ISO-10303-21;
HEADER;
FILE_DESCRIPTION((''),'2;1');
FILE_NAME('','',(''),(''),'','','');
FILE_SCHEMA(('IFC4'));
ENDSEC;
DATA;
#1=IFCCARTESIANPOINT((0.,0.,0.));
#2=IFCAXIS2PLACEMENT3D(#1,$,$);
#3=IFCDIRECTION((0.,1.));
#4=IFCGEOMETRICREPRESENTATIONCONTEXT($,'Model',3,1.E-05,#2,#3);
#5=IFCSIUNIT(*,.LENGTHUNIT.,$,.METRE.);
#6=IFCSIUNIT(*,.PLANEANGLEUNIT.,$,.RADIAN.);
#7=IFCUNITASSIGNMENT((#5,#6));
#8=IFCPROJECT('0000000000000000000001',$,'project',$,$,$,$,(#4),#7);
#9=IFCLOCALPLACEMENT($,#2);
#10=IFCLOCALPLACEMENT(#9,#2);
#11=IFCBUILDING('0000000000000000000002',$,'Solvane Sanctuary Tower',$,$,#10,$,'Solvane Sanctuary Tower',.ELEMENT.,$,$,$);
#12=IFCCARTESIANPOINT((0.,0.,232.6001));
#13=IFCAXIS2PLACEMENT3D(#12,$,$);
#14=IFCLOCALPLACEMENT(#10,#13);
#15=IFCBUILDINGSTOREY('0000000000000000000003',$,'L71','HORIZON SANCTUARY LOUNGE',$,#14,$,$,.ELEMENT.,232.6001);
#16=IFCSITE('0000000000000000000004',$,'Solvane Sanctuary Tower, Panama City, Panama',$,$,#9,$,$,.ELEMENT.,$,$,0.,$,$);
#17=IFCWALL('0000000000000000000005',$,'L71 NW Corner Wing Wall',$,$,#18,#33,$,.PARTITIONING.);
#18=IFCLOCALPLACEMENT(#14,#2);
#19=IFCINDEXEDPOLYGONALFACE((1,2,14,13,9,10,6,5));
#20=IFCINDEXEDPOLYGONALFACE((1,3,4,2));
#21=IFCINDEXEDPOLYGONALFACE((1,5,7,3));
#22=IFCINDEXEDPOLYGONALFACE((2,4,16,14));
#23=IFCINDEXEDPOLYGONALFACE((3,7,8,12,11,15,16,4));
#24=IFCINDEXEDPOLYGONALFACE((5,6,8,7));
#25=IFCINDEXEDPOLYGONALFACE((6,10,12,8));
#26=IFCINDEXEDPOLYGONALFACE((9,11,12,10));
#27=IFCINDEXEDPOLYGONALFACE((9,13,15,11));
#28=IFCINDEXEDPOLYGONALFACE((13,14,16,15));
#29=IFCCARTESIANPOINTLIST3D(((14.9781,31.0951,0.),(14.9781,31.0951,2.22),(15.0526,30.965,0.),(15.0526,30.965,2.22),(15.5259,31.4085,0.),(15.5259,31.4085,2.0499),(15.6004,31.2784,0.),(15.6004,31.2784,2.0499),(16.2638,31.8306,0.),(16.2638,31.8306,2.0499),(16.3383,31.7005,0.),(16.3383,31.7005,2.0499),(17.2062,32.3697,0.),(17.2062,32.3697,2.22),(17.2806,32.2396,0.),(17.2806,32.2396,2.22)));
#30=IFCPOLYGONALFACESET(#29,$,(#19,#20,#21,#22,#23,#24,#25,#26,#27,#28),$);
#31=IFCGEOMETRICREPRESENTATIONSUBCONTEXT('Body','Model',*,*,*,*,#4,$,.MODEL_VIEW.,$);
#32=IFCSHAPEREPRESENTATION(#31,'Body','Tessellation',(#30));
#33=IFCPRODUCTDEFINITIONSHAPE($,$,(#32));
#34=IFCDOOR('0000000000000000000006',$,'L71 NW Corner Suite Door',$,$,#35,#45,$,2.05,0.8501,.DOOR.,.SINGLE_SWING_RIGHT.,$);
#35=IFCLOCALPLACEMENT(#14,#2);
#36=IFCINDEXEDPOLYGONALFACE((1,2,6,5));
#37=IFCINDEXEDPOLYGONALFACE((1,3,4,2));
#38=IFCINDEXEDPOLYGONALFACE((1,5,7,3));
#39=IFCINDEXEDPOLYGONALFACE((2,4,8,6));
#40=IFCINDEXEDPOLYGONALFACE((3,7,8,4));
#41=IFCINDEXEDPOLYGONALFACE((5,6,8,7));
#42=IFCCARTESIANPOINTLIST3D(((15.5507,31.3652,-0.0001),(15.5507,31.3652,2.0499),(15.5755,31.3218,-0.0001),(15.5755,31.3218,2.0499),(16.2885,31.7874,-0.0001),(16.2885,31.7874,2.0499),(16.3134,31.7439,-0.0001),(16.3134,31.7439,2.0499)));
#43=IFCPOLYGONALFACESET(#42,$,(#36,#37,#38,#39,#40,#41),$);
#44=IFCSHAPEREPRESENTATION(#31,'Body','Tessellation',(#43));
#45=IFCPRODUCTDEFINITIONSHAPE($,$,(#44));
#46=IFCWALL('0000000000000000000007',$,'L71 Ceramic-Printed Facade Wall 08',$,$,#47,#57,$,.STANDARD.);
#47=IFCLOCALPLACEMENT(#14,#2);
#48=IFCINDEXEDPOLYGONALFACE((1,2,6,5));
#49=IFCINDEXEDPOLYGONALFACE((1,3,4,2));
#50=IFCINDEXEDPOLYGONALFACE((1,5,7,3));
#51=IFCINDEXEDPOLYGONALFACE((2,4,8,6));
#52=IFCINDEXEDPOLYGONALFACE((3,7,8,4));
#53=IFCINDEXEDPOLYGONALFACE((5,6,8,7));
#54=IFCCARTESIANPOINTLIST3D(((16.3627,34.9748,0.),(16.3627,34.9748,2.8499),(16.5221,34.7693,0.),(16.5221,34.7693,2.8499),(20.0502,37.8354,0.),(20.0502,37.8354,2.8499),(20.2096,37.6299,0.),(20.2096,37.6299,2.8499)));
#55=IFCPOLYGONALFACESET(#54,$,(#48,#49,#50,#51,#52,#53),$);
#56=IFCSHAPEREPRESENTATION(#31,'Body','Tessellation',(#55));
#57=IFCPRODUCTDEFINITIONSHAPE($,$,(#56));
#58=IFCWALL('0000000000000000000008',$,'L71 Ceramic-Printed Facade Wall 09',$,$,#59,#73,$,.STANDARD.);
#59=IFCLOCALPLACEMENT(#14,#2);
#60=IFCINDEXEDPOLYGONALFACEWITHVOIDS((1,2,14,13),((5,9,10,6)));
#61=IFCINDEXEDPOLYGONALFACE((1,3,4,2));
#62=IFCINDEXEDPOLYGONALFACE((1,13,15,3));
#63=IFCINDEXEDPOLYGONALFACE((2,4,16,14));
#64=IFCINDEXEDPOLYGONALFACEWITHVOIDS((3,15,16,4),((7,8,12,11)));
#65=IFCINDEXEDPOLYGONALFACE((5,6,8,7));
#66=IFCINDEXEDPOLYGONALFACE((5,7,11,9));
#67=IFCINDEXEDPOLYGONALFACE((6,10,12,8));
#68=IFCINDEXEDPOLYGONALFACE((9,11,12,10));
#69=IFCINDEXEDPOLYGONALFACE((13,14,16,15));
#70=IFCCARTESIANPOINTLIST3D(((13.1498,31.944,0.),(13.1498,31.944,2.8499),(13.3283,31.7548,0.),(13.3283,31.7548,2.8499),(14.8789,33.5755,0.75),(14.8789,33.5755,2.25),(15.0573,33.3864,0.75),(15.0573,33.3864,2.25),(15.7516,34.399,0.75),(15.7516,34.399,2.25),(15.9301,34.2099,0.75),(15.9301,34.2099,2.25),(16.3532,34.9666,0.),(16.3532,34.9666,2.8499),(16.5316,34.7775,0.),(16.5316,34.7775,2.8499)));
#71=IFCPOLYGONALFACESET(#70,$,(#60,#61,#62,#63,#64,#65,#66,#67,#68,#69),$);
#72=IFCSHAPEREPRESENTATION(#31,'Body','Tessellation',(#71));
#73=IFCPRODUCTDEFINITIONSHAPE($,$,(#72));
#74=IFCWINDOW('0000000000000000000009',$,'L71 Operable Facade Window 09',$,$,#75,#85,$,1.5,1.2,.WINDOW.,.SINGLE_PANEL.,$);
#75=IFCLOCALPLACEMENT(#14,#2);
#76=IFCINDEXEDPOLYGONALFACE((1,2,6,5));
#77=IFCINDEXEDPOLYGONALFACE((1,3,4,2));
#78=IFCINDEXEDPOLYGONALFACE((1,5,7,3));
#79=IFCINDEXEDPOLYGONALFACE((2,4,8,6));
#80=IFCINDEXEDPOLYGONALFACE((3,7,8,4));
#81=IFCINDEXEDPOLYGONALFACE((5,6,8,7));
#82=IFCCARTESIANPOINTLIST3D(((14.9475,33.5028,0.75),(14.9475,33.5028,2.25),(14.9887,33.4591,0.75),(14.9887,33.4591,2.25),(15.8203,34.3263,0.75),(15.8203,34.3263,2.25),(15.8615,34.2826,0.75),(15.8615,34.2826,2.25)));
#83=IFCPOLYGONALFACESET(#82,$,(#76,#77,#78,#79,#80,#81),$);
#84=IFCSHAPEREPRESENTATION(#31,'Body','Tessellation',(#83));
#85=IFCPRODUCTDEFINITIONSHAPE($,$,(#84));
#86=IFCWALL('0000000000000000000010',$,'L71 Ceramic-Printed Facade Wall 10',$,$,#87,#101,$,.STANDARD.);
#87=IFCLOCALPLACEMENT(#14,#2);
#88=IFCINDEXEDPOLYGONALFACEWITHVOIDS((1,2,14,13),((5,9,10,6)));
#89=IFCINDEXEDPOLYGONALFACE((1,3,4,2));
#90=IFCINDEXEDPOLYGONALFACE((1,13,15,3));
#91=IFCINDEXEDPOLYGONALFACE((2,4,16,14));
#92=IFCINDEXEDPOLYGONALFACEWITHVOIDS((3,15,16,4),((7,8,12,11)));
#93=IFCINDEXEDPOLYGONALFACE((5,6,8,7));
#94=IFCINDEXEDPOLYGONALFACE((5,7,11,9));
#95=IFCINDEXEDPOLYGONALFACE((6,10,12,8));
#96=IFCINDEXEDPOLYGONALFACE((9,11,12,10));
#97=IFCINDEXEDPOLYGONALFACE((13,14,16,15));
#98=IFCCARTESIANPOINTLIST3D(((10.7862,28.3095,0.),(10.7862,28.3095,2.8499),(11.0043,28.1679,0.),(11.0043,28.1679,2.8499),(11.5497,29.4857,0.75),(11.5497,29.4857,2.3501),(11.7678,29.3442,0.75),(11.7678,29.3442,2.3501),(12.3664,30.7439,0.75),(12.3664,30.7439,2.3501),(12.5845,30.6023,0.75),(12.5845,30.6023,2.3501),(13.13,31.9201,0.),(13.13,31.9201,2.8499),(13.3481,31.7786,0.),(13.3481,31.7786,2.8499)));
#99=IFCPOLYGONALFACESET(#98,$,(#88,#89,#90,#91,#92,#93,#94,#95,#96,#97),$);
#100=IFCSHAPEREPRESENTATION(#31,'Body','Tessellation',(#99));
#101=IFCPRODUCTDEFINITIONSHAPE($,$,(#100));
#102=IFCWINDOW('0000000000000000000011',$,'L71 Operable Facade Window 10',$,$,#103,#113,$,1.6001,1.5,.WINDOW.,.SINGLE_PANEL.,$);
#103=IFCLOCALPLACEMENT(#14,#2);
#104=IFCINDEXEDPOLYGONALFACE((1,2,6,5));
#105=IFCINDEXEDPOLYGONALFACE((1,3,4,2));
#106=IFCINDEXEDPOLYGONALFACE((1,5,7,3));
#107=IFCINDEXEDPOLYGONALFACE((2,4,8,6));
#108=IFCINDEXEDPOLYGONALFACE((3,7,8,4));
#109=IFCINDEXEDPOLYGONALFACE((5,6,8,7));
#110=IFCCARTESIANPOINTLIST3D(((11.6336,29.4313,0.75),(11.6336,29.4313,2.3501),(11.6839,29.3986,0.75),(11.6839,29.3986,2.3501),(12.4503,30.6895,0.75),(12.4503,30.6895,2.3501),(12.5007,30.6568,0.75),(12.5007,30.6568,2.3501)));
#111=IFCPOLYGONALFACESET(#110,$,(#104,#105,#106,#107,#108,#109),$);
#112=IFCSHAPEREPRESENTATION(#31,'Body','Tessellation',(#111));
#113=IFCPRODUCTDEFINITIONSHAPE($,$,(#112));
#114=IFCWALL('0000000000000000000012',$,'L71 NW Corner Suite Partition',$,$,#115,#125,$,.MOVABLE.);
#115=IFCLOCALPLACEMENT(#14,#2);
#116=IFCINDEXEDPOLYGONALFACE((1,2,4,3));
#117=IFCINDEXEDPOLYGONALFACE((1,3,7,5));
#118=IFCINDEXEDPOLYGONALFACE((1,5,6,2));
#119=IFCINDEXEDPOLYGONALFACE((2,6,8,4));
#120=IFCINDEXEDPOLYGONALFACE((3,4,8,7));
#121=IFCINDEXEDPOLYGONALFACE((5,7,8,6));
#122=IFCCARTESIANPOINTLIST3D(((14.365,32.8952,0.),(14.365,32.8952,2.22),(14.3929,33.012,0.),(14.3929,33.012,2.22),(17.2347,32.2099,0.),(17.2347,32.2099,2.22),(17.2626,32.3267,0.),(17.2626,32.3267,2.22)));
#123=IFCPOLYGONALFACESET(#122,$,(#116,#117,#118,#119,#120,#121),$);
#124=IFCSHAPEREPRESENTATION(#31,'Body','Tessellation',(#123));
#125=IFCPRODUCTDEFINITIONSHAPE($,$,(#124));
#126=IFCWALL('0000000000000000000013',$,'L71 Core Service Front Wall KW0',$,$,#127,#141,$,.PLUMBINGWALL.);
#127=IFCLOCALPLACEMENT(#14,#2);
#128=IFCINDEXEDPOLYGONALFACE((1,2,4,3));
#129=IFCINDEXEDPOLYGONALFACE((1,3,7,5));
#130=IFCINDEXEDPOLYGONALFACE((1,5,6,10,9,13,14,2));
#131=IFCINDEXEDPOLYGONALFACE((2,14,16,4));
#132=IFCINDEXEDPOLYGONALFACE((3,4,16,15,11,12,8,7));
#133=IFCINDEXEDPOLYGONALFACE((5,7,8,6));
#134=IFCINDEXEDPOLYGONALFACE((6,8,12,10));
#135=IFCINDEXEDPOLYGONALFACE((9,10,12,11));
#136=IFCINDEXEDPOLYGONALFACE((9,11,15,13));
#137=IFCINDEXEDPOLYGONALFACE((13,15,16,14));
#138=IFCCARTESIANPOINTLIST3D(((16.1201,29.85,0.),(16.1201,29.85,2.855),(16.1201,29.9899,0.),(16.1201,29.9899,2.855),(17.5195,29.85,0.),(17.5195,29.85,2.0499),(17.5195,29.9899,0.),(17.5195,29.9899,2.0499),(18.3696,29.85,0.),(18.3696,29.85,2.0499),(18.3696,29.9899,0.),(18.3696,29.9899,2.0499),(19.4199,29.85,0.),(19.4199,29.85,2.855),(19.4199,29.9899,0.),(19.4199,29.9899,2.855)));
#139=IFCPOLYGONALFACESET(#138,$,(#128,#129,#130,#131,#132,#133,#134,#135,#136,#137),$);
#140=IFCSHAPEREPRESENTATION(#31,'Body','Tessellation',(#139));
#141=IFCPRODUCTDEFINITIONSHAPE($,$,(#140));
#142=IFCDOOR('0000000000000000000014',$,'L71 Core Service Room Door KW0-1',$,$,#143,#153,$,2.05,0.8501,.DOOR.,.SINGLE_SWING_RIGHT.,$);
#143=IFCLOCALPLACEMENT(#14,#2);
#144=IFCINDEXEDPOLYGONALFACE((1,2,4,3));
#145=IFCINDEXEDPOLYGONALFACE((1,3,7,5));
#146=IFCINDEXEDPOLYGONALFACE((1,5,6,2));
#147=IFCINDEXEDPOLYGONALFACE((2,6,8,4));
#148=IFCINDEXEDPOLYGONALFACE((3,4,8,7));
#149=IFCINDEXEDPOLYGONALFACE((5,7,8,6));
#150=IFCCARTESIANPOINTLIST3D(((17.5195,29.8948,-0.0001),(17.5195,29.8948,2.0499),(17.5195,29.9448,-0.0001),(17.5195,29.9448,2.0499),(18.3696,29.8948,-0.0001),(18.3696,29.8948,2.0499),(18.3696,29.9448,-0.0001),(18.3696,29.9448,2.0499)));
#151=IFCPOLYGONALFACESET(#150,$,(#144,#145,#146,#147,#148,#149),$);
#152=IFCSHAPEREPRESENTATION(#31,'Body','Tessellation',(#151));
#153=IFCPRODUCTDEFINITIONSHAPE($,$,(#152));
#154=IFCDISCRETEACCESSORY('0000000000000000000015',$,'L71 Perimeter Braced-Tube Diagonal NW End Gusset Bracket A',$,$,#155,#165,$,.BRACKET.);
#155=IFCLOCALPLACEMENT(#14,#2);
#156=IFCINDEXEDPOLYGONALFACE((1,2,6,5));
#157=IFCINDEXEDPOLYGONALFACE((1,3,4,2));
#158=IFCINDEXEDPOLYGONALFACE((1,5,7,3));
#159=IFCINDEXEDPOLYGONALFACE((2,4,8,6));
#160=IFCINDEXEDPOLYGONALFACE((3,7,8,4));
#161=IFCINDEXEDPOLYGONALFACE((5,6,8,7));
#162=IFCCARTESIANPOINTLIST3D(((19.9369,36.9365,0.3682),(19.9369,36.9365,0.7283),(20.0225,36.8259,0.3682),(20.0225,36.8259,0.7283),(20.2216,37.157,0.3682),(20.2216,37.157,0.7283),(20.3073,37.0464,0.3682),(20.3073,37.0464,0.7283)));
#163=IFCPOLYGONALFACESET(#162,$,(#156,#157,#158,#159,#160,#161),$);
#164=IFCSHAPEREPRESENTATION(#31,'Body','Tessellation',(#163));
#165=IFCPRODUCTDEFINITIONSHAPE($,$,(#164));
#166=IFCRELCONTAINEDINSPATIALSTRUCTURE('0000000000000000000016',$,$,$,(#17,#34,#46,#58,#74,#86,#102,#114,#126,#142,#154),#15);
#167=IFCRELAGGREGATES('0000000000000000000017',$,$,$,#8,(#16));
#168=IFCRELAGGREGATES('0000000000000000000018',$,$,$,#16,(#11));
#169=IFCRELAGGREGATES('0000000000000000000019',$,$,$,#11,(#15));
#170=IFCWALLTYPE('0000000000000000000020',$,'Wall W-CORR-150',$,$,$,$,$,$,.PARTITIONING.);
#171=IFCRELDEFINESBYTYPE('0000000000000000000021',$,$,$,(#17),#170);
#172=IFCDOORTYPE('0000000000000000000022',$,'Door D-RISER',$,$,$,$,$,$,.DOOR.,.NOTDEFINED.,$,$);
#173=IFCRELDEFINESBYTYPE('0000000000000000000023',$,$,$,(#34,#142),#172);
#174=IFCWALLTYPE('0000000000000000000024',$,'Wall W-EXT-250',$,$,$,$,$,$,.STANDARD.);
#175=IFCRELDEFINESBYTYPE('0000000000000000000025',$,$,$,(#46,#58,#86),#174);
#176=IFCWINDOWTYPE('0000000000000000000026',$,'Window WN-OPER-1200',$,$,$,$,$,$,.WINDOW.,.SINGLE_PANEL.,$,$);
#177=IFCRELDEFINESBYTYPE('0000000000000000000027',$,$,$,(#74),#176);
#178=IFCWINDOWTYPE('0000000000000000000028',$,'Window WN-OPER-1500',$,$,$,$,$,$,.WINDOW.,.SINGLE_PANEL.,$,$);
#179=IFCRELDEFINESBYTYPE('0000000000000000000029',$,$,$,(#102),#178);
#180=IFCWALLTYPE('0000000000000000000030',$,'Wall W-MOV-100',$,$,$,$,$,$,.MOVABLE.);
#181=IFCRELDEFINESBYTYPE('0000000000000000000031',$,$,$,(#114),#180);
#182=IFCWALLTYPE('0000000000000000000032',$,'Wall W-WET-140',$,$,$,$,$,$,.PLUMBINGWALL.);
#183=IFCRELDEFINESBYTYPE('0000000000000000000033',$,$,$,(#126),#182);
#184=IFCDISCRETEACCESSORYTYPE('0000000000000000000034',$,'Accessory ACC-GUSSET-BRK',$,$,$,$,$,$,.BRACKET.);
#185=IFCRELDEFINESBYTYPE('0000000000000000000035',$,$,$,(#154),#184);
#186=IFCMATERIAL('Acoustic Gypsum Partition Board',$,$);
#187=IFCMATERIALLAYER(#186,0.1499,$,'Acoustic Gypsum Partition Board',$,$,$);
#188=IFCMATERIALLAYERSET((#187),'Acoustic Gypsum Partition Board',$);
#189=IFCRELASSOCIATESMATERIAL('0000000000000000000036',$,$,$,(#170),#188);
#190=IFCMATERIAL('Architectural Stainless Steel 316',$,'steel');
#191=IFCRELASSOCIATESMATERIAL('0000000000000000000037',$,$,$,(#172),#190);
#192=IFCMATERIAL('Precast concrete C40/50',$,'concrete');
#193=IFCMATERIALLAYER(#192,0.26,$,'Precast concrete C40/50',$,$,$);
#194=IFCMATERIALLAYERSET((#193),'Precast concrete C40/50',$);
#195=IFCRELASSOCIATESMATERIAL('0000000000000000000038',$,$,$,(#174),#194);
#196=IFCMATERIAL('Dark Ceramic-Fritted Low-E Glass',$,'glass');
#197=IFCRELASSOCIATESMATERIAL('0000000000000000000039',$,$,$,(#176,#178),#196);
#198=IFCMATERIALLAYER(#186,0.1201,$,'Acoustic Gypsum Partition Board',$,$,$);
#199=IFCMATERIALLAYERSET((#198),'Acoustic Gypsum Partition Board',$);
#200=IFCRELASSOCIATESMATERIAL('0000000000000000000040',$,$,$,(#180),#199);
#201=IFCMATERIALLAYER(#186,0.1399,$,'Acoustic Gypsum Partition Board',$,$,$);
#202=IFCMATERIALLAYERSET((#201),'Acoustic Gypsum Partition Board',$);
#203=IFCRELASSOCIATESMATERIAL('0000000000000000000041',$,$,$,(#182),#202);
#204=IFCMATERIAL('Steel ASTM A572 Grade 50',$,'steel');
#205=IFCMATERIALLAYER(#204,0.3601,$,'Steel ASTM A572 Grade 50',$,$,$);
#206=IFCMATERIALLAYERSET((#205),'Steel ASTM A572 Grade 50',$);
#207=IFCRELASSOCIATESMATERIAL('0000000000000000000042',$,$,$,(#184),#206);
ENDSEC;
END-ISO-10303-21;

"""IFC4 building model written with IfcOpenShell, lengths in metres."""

from ifc_helpers import new_model, si_unit, direction, frame, frame_2d, origin, origin_2d, place, context, subcontext, project, spatial, rectangle, extrude, material, layer, layer_set, type_object, element, fill, save


model = new_model("IFC4")

# Units and contexts
model_context = context("Model", 3, precision=1e-05, world=origin(), true_north=direction((0.0, 1.0)))
body_context = subcontext(model_context, "Body", "Model", "MODEL_VIEW")
ifc_project = project(units=[si_unit("LENGTHUNIT", "METRE"), si_unit("PLANEANGLEUNIT", "RADIAN")], contexts=[model_context])

# Site, building, storey
site_placement = place(None, origin())
site = spatial("IfcSite", under=ifc_project, at=site_placement, Name="Solvane Sanctuary Tower, Panama City, Panama", CompositionType="ELEMENT", RefElevation=0.0)
building_placement = place(site_placement, origin())
building = spatial("IfcBuilding", under=site, at=building_placement, Name="Solvane Sanctuary Tower", LongName="Solvane Sanctuary Tower", CompositionType="ELEMENT")
storey_placement = place(building_placement, frame((0.0, 0.0, 232.6001)))
storey = spatial("IfcBuildingStorey", under=building, at=storey_placement, Name="L71", Description="HORIZON SANCTUARY LOUNGE", CompositionType="ELEMENT", Elevation=232.6001)

# Shared definitions
ifc_material_1 = material(Name="Acoustic Gypsum Partition Board")
ifc_layer_1 = layer(ifc_material_1, 0.1499, Name="Acoustic Gypsum Partition Board")
ifc_layer_set_1 = layer_set([ifc_layer_1], Name="Acoustic Gypsum Partition Board")
wall_type_1 = type_object("IfcWallType", Name="Wall W-CORR-150", PredefinedType="PARTITIONING", material=ifc_layer_set_1)

# Wall, opening, door
wall_1_placement = place(storey_placement, frame((17.2434, 32.3047, 0.0), z_axis=(0.0, 0.0, 1.0), x_axis=(-0.867991, -0.496579, 0.0)))
wall_1 = element("IfcWall", 1, at=wall_1_placement, inside=storey, type_object=wall_type_1, Name="L71 NW Corner Wing Wall", PredefinedType="PARTITIONING", context=body_context, shape_type="SweptSolid", body=[
    extrude(rectangle(XDim=2.5669, YDim=0.1499, at=frame_2d((1.2834, 0.0))), origin(), (0.0, 0.0, 1.0), 2.22),
])
opening_1_placement = place(wall_1_placement, frame((1.0857, 0.0, 0.0)))
opening_1 = element("IfcOpeningElement", 2, at=opening_1_placement, cuts=wall_1, PredefinedType="OPENING", context=body_context, shape_type="SweptSolid", body=[
    extrude(rectangle(XDim=0.8501, YDim=2.05, at=frame_2d((0.425, 1.0249))), frame((0.0, 0.085, 0.0), z_axis=(0.0, -1.0, 0.0), x_axis=(1.0, 0.0, 0.0)), (0.0, 0.0, 1.0), 0.1699),
])
ifc_material_2 = material(Name="Architectural Stainless Steel 316", Category="steel")
door_type_1 = type_object("IfcDoorType", Name="Door D-RISER", OperationType="NOTDEFINED", PredefinedType="DOOR", material=ifc_material_2)
door_1_placement = place(opening_1_placement, origin())
door_1 = element("IfcDoor", 3, at=door_1_placement, inside=storey, type_object=door_type_1, Name="L71 NW Corner Suite Door", OperationType="SINGLE_SWING_RIGHT", OverallHeight=2.05, OverallWidth=0.8501, PredefinedType="DOOR", context=body_context, shape_type="SweptSolid", body=[
    extrude(rectangle(XDim=0.8501, YDim=2.05, at=frame_2d((0.425, 1.0249))), frame((0.0, 0.0249, 0.0), z_axis=(0.0, -1.0, 0.0), x_axis=(1.0, 0.0, 0.0)), (0.0, 0.0, 1.0), 0.05),
])
fill(opening_1, door_1)

# Wall
ifc_material_3 = material(Name="Precast concrete C40/50", Category="concrete")
ifc_layer_2 = layer(ifc_material_3, 0.26, Name="Precast concrete C40/50")
ifc_layer_set_2 = layer_set([ifc_layer_2], Name="Precast concrete C40/50")
wall_type_2 = type_object("IfcWallType", Name="Wall W-EXT-250", PredefinedType="STANDARD", material=ifc_layer_set_2)
wall_2_placement = place(storey_placement, frame((20.1299, 37.7327, 0.0), z_axis=(0.0, 0.0, 1.0), x_axis=(-0.790126, -0.612944, 0.0)))
element("IfcWall", 4, at=wall_2_placement, inside=storey, type_object=wall_type_2, Name="L71 Ceramic-Printed Facade Wall 08", PredefinedType="STANDARD", context=body_context, shape_type="SweptSolid", body=[
    extrude(rectangle(XDim=4.667, YDim=0.26, at=frame_2d((2.3335, 0.0))), origin(), (0.0, 0.0, 1.0), 2.8499),
])

# Walls, openings, windows
wall_3_placement = place(storey_placement, frame((16.4424, 34.8721, 0.0), z_axis=(0.0, 0.0, 1.0), x_axis=(-0.727319, -0.6863, 0.0)))
wall_3 = element("IfcWall", 5, at=wall_3_placement, inside=storey, type_object=wall_type_2, Name="L71 Ceramic-Printed Facade Wall 09", PredefinedType="STANDARD", context=body_context, shape_type="SweptSolid", body=[
    extrude(rectangle(XDim=4.4043, YDim=0.26, at=frame_2d((2.2021, 0.0))), origin(), (0.0, 0.0, 1.0), 2.8499),
])
opening_2_placement = place(wall_3_placement, frame((0.8269, 0.0, 0.75)))
opening_2 = element("IfcOpeningElement", 6, at=opening_2_placement, cuts=wall_3, PredefinedType="OPENING", context=body_context, shape_type="SweptSolid", body=[
    extrude(rectangle(XDim=1.2, YDim=1.5, at=frame_2d((0.6001, 0.75))), frame((0.0, 0.1399, 0.0), z_axis=(0.0, -1.0, 0.0), x_axis=(1.0, 0.0, 0.0)), (0.0, 0.0, 1.0), 0.28),
])
ifc_material_4 = material(Name="Dark Ceramic-Fritted Low-E Glass", Category="glass")
window_type_1 = type_object("IfcWindowType", Name="Window WN-OPER-1200", PartitioningType="SINGLE_PANEL", PredefinedType="WINDOW", material=ifc_material_4)
window_1_placement = place(opening_2_placement, origin())
window_1 = element("IfcWindow", 7, at=window_1_placement, inside=storey, type_object=window_type_1, Name="L71 Operable Facade Window 09", OverallHeight=1.5, OverallWidth=1.2, PartitioningType="SINGLE_PANEL", PredefinedType="WINDOW", context=body_context, shape_type="SweptSolid", body=[
    extrude(rectangle(XDim=1.2, YDim=1.5, at=frame_2d((0.6001, 0.75))), frame((0.0, 0.03, 0.0), z_axis=(0.0, -1.0, 0.0), x_axis=(1.0, 0.0, 0.0)), (0.0, 0.0, 1.0), 0.0601),
])
fill(opening_2, window_1)
wall_4_placement = place(storey_placement, frame((13.239, 31.8494, 0.0), z_axis=(0.0, 0.0, 1.0), x_axis=(-0.544476, -0.838776, 0.0)))
wall_4 = element("IfcWall", 8, at=wall_4_placement, inside=storey, type_object=wall_type_2, Name="L71 Ceramic-Printed Facade Wall 10", PredefinedType="STANDARD", context=body_context, shape_type="SweptSolid", body=[
    extrude(rectangle(XDim=4.3047, YDim=0.26, at=frame_2d((2.1523, 0.0))), origin(), (0.0, 0.0, 1.0), 2.8499),
])
opening_3_placement = place(wall_4_placement, frame((1.4023, 0.0, 0.75)))
opening_3 = element("IfcOpeningElement", 9, at=opening_3_placement, cuts=wall_4, PredefinedType="OPENING", context=body_context, shape_type="SweptSolid", body=[
    extrude(rectangle(XDim=1.5, YDim=1.6001, at=frame_2d((0.75, 0.8))), frame((0.0, 0.1399, 0.0), z_axis=(0.0, -1.0, 0.0), x_axis=(1.0, 0.0, 0.0)), (0.0, 0.0, 1.0), 0.28),
])
window_type_2 = type_object("IfcWindowType", Name="Window WN-OPER-1500", PartitioningType="SINGLE_PANEL", PredefinedType="WINDOW", material=ifc_material_4)
window_2_placement = place(opening_3_placement, origin())
window_2 = element("IfcWindow", 10, at=window_2_placement, inside=storey, type_object=window_type_2, Name="L71 Operable Facade Window 10", OverallHeight=1.6001, OverallWidth=1.5, PartitioningType="SINGLE_PANEL", PredefinedType="WINDOW", context=body_context, shape_type="SweptSolid", body=[
    extrude(rectangle(XDim=1.5, YDim=1.6001, at=frame_2d((0.75, 0.8))), frame((0.0, 0.03, 0.0), z_axis=(0.0, -1.0, 0.0), x_axis=(1.0, 0.0, 0.0)), (0.0, 0.0, 1.0), 0.0601),
])
fill(opening_3, window_2)

# Wall
ifc_layer_3 = layer(ifc_material_1, 0.1201, Name="Acoustic Gypsum Partition Board")
ifc_layer_set_3 = layer_set([ifc_layer_3], Name="Acoustic Gypsum Partition Board")
wall_type_3 = type_object("IfcWallType", Name="Wall W-MOV-100", PredefinedType="MOVABLE", material=ifc_layer_set_3)
wall_5_placement = place(storey_placement, frame((17.2485, 32.2683, 0.0), z_axis=(0.0, 0.0, 1.0), x_axis=(-0.972649, 0.232281, 0.0)))
element("IfcWall", 11, at=wall_5_placement, inside=storey, type_object=wall_type_3, Name="L71 NW Corner Suite Partition", PredefinedType="MOVABLE", context=body_context, shape_type="SweptSolid", body=[
    extrude(rectangle(XDim=2.9504, YDim=0.1201, at=frame_2d((1.4751, 0.0))), origin(), (0.0, 0.0, 1.0), 2.22),
])

# Wall, opening, door
ifc_layer_4 = layer(ifc_material_1, 0.1399, Name="Acoustic Gypsum Partition Board")
ifc_layer_set_4 = layer_set([ifc_layer_4], Name="Acoustic Gypsum Partition Board")
wall_type_4 = type_object("IfcWallType", Name="Wall W-WET-140", PredefinedType="PLUMBINGWALL", material=ifc_layer_set_4)
wall_6_placement = place(storey_placement, frame((16.1201, 29.9199, 0.0), z_axis=(0.0, 0.0, 1.0), x_axis=(1.0, 0.0, 0.0)))
wall_6 = element("IfcWall", 12, at=wall_6_placement, inside=storey, type_object=wall_type_4, Name="L71 Core Service Front Wall KW0", PredefinedType="PLUMBINGWALL", context=body_context, shape_type="SweptSolid", body=[
    extrude(rectangle(XDim=3.2998, YDim=0.1399, at=frame_2d((1.6499, 0.0))), origin(), (0.0, 0.0, 1.0), 2.855),
])
opening_4_placement = place(wall_6_placement, frame((1.3994, 0.0, 0.0)))
opening_4 = element("IfcOpeningElement", 13, at=opening_4_placement, cuts=wall_6, PredefinedType="OPENING", context=body_context, shape_type="SweptSolid", body=[
    extrude(rectangle(XDim=0.8501, YDim=2.05, at=frame_2d((0.425, 1.0249))), frame((0.0, 0.0798, 0.0), z_axis=(0.0, -1.0, 0.0), x_axis=(1.0, 0.0, 0.0)), (0.0, 0.0, 1.0), 0.1599),
])
door_2_placement = place(opening_4_placement, origin())
door_2 = element("IfcDoor", 14, at=door_2_placement, inside=storey, type_object=door_type_1, Name="L71 Core Service Room Door KW0-1", OperationType="SINGLE_SWING_RIGHT", OverallHeight=2.05, OverallWidth=0.8501, PredefinedType="DOOR", context=body_context, shape_type="SweptSolid", body=[
    extrude(rectangle(XDim=0.8501, YDim=2.05, at=frame_2d((0.425, 1.0249))), frame((0.0, 0.0249, 0.0), z_axis=(0.0, -1.0, 0.0), x_axis=(1.0, 0.0, 0.0)), (0.0, 0.0, 1.0), 0.05),
])
fill(opening_4, door_2)

# Discrete accessory
ifc_material_5 = material(Name="Steel ASTM A572 Grade 50", Category="steel")
ifc_layer_5 = layer(ifc_material_5, 0.3601, Name="Steel ASTM A572 Grade 50")
ifc_layer_set_5 = layer_set([ifc_layer_5], Name="Steel ASTM A572 Grade 50")
discrete_accessory_type = type_object("IfcDiscreteAccessoryType", Name="Accessory ACC-GUSSET-BRK", PredefinedType="BRACKET", material=ifc_layer_set_5)
for number, where, z_axis, x_axis, name in (
    (15, (20.1221, 36.9915, 0.3682), (0.0, 0.0, 1.0), (-0.79069, -0.612217, 0.0), "L71 Perimeter Braced-Tube Diagonal NW End Gusset Bracket A"),
):
    element("IfcDiscreteAccessory", number, at=place(storey_placement, frame(where, z_axis=z_axis, x_axis=x_axis)), inside=storey, type_object=discrete_accessory_type, Name=name, PredefinedType="BRACKET", context=body_context, shape_type="SweptSolid", body=[
        extrude(rectangle(XDim=0.3601, YDim=0.1399, at=origin_2d()), origin(), (0.0, 0.0, 1.0), 0.3601),
    ])

save(model, "model.ifc")
